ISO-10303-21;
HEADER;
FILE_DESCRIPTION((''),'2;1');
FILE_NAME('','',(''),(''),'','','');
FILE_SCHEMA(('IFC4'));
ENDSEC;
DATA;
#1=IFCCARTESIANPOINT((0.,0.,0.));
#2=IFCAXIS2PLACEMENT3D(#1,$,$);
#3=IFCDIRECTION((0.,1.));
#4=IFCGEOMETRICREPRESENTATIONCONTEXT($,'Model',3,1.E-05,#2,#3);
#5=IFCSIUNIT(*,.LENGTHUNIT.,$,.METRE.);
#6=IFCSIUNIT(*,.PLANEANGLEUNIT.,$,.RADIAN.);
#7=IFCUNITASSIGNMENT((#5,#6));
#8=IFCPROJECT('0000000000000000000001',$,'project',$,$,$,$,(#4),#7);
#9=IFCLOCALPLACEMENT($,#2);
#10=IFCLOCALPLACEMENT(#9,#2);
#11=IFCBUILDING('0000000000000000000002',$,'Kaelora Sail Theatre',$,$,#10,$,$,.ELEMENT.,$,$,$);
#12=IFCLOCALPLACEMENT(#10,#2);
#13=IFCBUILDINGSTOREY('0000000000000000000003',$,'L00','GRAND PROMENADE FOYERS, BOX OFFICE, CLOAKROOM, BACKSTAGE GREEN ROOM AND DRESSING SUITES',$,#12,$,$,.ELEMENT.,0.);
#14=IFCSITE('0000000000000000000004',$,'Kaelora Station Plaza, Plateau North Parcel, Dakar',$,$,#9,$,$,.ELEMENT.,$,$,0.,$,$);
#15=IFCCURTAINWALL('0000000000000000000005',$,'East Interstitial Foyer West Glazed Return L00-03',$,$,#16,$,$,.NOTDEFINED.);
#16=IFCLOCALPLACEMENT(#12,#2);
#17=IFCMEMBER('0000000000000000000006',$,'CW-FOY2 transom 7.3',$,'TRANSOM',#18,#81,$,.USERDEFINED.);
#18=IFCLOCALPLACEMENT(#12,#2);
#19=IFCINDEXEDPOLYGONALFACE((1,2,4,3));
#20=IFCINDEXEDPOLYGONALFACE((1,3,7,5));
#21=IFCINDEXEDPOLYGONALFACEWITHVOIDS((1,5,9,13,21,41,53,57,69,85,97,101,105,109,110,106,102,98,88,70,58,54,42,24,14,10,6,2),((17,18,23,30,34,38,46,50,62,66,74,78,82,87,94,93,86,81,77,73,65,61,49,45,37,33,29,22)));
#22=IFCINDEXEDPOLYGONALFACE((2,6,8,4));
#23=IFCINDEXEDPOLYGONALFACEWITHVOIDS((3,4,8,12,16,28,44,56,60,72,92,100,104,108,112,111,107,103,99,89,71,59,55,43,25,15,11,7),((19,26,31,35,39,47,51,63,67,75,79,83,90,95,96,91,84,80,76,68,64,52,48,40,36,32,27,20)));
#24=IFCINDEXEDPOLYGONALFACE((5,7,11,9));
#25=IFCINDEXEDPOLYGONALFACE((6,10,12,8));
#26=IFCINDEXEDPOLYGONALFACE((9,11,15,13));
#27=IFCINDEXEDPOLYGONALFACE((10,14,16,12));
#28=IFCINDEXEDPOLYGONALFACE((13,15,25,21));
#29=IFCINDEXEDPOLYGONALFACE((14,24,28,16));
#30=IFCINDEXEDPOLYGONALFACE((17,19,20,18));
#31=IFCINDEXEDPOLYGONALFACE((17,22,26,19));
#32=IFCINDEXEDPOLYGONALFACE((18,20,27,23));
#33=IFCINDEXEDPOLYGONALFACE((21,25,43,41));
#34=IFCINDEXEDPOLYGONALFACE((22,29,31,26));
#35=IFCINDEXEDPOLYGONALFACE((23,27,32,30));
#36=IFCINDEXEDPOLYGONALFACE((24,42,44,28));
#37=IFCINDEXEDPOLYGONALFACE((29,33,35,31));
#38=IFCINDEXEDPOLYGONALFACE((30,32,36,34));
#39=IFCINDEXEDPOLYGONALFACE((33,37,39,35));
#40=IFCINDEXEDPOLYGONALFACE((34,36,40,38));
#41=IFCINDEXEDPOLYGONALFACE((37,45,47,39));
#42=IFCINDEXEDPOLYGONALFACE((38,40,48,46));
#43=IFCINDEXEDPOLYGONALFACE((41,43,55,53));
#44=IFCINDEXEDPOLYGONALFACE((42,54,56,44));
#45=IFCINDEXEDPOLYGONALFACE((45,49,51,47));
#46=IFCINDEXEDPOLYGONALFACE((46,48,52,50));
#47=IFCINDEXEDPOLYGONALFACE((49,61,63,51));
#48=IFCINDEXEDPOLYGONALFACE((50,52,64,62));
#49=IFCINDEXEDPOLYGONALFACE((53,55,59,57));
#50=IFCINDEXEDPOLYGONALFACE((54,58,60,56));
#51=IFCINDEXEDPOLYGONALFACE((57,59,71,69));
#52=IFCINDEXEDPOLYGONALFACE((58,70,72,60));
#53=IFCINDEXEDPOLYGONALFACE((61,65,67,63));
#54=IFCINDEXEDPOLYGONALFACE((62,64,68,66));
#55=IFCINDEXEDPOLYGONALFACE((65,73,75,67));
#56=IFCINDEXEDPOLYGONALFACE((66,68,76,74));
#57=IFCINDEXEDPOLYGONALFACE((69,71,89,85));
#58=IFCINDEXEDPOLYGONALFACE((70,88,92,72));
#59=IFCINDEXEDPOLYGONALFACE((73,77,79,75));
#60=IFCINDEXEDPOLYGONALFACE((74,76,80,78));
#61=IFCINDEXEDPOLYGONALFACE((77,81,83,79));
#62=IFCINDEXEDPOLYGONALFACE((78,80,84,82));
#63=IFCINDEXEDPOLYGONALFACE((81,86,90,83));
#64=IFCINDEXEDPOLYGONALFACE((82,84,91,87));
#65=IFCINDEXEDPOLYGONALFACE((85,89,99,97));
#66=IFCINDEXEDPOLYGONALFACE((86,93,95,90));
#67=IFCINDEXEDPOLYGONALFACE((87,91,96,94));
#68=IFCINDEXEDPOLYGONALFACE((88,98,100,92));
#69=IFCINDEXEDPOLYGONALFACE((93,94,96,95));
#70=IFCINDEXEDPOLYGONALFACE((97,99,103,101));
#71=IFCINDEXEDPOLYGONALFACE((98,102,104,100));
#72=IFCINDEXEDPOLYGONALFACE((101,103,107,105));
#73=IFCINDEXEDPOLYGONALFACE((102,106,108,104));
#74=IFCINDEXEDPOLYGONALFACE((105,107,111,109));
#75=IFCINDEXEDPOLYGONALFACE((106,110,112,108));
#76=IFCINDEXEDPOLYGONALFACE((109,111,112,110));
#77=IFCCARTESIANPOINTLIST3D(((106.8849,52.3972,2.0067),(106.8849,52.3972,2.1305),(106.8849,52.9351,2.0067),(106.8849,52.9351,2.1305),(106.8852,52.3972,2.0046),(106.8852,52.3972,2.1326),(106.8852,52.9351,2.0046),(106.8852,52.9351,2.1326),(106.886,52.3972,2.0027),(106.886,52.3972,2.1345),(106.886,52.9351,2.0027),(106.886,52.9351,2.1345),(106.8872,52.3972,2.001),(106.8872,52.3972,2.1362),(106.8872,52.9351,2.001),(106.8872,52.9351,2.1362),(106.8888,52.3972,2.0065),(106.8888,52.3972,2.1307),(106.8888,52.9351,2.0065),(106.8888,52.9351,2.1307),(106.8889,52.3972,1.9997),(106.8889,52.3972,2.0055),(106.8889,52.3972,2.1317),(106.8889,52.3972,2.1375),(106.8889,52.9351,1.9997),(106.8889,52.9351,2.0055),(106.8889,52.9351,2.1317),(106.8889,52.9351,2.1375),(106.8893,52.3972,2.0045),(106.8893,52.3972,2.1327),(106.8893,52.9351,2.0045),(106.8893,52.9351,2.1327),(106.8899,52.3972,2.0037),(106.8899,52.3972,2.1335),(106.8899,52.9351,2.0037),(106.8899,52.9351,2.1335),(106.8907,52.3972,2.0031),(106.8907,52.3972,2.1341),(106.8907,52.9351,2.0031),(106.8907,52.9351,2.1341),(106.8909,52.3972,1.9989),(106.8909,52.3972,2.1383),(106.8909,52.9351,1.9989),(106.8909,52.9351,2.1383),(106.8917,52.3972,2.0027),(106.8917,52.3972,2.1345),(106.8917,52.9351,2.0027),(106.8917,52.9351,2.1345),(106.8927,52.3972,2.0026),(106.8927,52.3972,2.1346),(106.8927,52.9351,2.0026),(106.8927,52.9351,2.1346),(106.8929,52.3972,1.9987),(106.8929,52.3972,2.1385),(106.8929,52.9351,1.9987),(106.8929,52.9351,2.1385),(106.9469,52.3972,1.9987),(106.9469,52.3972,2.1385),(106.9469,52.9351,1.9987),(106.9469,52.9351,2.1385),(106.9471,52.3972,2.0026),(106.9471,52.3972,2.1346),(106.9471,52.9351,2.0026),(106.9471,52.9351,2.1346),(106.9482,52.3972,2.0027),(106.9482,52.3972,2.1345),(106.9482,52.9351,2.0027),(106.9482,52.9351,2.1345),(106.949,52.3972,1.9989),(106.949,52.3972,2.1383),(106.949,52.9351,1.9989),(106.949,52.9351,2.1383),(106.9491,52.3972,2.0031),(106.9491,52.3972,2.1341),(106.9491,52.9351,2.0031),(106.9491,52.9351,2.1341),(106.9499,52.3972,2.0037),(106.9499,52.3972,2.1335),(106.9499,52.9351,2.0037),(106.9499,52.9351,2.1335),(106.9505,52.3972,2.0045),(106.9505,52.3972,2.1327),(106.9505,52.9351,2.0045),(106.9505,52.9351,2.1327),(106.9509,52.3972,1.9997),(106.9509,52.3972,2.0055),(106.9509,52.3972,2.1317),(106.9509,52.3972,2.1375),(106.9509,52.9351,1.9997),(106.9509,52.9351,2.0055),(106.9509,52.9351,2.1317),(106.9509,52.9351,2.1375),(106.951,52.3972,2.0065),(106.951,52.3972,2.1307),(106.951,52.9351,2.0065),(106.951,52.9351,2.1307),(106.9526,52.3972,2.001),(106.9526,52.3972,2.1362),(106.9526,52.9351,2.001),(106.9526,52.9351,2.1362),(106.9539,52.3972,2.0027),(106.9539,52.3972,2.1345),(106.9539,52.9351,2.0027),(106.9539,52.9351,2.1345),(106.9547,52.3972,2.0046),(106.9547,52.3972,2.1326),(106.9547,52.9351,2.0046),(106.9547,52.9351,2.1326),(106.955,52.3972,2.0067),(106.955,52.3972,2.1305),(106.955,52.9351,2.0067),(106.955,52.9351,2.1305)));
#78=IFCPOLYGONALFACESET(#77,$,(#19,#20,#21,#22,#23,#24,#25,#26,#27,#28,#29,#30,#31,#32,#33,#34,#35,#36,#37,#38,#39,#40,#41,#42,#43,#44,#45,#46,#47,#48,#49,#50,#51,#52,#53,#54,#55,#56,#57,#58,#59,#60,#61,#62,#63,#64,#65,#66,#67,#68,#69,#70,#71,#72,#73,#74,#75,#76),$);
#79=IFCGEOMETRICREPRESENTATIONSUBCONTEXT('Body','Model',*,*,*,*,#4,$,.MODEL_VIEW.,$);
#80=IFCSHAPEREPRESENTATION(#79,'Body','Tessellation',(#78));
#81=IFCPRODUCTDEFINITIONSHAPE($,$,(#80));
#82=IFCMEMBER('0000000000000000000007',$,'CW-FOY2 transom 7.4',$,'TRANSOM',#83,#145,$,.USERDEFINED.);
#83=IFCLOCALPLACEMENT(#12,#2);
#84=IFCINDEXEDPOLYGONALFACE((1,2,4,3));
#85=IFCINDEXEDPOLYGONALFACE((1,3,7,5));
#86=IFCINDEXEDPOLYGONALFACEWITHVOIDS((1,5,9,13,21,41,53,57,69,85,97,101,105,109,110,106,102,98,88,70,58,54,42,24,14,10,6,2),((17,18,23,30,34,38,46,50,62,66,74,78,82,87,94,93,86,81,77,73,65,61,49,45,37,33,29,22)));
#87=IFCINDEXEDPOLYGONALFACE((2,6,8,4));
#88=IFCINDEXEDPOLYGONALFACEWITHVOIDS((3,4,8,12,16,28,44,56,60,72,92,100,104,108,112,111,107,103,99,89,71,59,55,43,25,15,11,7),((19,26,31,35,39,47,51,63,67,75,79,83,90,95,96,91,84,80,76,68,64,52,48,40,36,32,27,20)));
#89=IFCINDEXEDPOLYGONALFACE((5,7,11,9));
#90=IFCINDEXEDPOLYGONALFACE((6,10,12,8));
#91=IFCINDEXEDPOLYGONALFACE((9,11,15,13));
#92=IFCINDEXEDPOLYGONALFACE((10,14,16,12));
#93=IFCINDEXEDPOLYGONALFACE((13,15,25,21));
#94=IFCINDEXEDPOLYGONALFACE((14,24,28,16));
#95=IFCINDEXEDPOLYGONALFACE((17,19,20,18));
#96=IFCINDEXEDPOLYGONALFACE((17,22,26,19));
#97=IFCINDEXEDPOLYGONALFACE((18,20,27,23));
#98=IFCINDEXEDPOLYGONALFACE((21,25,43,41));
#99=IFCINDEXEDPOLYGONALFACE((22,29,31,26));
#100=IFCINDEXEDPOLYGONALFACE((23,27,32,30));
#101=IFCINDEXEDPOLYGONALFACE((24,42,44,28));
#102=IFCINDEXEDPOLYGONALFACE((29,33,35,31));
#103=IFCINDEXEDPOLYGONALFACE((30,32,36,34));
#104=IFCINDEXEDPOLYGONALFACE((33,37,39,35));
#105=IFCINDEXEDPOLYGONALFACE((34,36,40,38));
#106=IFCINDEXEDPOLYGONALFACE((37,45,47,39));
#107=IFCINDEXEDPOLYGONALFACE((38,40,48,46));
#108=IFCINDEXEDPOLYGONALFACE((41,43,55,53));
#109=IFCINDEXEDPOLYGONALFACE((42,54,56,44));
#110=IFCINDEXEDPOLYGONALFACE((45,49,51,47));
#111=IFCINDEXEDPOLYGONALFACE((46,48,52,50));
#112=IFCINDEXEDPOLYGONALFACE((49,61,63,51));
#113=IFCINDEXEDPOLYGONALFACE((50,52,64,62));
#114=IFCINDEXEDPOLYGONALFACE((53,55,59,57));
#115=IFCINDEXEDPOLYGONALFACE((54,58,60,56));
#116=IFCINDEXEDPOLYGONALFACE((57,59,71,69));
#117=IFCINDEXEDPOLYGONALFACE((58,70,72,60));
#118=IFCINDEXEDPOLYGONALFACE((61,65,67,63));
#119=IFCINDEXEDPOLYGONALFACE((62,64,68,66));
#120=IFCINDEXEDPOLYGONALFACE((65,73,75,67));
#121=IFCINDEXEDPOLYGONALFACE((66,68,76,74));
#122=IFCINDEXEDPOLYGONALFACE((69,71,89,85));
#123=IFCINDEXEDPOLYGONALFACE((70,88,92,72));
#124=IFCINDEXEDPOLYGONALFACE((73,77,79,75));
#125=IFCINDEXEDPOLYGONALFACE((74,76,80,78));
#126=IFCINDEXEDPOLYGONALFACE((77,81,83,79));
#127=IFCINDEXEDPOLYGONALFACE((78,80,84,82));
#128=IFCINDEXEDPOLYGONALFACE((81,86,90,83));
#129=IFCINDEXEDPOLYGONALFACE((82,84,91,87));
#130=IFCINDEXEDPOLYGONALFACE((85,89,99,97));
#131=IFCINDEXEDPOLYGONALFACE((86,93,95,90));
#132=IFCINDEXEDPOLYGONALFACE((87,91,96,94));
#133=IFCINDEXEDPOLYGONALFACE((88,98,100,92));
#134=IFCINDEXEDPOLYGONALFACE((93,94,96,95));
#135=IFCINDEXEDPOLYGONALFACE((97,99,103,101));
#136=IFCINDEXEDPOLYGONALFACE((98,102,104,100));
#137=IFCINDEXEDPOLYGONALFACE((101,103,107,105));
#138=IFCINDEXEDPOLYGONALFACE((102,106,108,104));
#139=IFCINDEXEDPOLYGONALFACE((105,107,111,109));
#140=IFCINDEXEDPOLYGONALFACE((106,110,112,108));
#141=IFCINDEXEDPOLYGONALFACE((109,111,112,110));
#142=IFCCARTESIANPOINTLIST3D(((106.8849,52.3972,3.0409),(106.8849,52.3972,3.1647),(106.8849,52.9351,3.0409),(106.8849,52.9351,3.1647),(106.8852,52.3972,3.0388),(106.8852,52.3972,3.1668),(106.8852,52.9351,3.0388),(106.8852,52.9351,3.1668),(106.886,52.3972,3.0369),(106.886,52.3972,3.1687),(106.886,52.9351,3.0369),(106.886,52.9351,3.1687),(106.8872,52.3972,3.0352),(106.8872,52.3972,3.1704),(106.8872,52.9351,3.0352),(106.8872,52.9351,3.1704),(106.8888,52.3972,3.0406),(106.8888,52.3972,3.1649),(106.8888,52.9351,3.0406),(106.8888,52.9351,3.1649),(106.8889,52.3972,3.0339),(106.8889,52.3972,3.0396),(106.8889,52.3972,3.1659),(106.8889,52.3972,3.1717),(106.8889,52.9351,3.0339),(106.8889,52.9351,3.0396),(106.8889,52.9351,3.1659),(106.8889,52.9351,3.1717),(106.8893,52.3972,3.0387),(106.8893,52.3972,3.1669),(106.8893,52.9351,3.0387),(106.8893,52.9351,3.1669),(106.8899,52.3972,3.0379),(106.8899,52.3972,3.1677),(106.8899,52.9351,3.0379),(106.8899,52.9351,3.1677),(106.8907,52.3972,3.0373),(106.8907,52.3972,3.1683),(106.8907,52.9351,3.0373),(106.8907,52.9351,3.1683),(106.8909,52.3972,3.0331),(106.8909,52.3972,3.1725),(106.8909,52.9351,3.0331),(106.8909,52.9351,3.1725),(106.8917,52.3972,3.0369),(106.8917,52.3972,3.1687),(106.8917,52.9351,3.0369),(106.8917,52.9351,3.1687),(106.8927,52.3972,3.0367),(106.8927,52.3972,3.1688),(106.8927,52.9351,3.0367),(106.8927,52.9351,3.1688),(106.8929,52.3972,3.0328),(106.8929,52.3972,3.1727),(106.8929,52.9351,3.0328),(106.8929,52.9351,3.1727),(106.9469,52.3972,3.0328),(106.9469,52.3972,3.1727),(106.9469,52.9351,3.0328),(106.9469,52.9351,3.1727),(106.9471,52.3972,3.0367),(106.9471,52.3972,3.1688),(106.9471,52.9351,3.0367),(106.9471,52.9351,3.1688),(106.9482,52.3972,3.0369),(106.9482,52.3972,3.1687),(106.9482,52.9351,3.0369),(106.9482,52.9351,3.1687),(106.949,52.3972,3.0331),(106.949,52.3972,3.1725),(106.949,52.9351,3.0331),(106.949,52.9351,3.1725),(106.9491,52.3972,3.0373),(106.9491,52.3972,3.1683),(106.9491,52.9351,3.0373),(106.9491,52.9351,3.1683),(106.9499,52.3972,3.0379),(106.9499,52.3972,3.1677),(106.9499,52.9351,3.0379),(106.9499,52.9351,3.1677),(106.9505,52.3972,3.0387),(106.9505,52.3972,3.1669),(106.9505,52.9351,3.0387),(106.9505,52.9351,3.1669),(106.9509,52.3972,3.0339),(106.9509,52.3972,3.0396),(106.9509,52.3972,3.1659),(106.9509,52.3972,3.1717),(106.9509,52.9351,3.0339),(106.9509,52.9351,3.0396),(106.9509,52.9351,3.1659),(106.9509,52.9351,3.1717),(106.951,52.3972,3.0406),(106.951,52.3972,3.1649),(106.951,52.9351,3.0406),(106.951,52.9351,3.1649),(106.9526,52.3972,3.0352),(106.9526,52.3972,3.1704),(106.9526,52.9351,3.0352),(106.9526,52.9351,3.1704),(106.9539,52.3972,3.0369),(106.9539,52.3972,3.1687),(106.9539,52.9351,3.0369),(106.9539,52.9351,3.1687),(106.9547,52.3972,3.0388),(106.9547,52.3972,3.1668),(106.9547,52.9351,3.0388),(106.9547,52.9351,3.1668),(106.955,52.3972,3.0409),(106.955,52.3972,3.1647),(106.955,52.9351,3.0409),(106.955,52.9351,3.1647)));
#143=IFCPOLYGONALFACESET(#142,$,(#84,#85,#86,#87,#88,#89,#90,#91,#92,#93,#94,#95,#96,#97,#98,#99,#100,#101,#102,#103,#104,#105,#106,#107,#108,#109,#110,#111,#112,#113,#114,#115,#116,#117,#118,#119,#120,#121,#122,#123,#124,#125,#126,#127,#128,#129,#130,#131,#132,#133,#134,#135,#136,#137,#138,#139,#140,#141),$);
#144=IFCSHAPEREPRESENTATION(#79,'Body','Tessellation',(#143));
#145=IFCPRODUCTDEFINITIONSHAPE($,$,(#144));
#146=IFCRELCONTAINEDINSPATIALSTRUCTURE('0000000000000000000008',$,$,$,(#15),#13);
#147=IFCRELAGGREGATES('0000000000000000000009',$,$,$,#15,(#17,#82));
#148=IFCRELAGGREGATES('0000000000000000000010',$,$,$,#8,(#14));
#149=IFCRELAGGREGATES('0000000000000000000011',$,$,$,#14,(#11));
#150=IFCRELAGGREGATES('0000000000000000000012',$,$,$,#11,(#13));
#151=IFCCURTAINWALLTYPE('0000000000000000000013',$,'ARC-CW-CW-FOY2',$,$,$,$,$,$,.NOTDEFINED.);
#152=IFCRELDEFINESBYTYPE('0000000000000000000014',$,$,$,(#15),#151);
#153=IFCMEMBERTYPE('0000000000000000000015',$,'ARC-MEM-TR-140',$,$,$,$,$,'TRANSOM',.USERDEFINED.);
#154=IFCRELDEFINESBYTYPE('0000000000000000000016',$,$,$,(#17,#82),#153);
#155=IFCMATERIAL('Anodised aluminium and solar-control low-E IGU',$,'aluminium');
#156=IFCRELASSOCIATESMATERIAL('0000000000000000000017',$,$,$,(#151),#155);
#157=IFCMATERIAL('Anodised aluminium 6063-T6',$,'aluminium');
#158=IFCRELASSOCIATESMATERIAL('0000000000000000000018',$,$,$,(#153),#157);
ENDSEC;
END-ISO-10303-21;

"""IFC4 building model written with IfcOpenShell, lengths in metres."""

from ifc_helpers import new_model, si_unit, direction, frame, origin, origin_2d, place, context, subcontext, project, spatial, hollow_rectangle, extrude, material, material_profile, profile_set, type_object, element, aggregate, save


model = new_model("IFC4")

# Units and contexts
model_context = context("Model", 3, precision=1e-05, world=origin(), true_north=direction((0.0, 1.0)))
body_context = subcontext(model_context, "Body", "Model", "MODEL_VIEW")
ifc_project = project(units=[si_unit("LENGTHUNIT", "METRE"), si_unit("PLANEANGLEUNIT", "RADIAN")], contexts=[model_context])

# Site, building, storey
site_placement = place(None, origin())
site = spatial("IfcSite", under=ifc_project, at=site_placement, Name="Kaelora Station Plaza, Plateau North Parcel, Dakar", CompositionType="ELEMENT", RefElevation=0.0)
building_placement = place(site_placement, origin())
building = spatial("IfcBuilding", under=site, at=building_placement, Name="Kaelora Sail Theatre", CompositionType="ELEMENT")
storey_placement = place(building_placement, origin())
storey = spatial("IfcBuildingStorey", under=building, at=storey_placement, Name="L00", Description="GRAND PROMENADE FOYERS, BOX OFFICE, CLOAKROOM, BACKSTAGE GREEN ROOM AND DRESSING SUITES", CompositionType="ELEMENT", Elevation=0.0)

# Curtain wall, members
ifc_material_1 = material(Name="Anodised aluminium and solar-control low-E IGU", Category="aluminium")
curtain_wall_type = type_object("IfcCurtainWallType", Name="ARC-CW-CW-FOY2", PredefinedType="NOTDEFINED", material=ifc_material_1)
curtain_wall_1_placement = place(storey_placement, origin())
curtain_wall_1 = element("IfcCurtainWall", 1, at=curtain_wall_1_placement, inside=storey, type_object=curtain_wall_type, Name="East Interstitial Foyer West Glazed Return L00-03", PredefinedType="NOTDEFINED")
ifc_material_2 = material(Name="Anodised aluminium 6063-T6", Category="aluminium")
ifc_material_profile = material_profile(ifc_material_2, hollow_rectangle(XDim=0.0701, YDim=0.1399, WallThickness=0.0039, InnerFilletRadius=0.0039, OuterFilletRadius=0.0081, at=origin_2d()), Name="ALU-TRAN 70x140x4")
ifc_profile_set = profile_set([ifc_material_profile], Name="Anodised aluminium 6063-T6")
member_type = type_object("IfcMemberType", Name="ARC-MEM-TR-140", ElementType="TRANSOM", PredefinedType="USERDEFINED", material=ifc_profile_set)
member_1_placement = place(storey_placement, frame((106.9199, 52.3972, 2.0686), z_axis=(0.0, 1.0, 0.0), x_axis=(-1.0, 0.0, 0.0)))
member_1 = element("IfcMember", 2, at=member_1_placement, type_object=member_type, Name="CW-FOY2 transom 7.3", ObjectType="TRANSOM", PredefinedType="USERDEFINED", context=body_context, shape_type="SweptSolid", body=[
    extrude(hollow_rectangle(XDim=0.0701, YDim=0.1399, WallThickness=0.0039, InnerFilletRadius=0.0039, OuterFilletRadius=0.0081, at=origin_2d()), origin(), (0.0, 0.0, 1.0), 0.5378),
])
member_2_placement = place(storey_placement, frame((106.9199, 52.3972, 3.1028), z_axis=(0.0, 1.0, 0.0), x_axis=(-1.0, 0.0, 0.0)))
member_2 = element("IfcMember", 3, at=member_2_placement, type_object=member_type, Name="CW-FOY2 transom 7.4", ObjectType="TRANSOM", PredefinedType="USERDEFINED", context=body_context, shape_type="SweptSolid", body=[
    extrude(hollow_rectangle(XDim=0.0701, YDim=0.1399, WallThickness=0.0039, InnerFilletRadius=0.0039, OuterFilletRadius=0.0081, at=origin_2d()), origin(), (0.0, 0.0, 1.0), 0.5378),
])

aggregate(curtain_wall_1, [member_1, member_2])

save(model, "model.ifc")
